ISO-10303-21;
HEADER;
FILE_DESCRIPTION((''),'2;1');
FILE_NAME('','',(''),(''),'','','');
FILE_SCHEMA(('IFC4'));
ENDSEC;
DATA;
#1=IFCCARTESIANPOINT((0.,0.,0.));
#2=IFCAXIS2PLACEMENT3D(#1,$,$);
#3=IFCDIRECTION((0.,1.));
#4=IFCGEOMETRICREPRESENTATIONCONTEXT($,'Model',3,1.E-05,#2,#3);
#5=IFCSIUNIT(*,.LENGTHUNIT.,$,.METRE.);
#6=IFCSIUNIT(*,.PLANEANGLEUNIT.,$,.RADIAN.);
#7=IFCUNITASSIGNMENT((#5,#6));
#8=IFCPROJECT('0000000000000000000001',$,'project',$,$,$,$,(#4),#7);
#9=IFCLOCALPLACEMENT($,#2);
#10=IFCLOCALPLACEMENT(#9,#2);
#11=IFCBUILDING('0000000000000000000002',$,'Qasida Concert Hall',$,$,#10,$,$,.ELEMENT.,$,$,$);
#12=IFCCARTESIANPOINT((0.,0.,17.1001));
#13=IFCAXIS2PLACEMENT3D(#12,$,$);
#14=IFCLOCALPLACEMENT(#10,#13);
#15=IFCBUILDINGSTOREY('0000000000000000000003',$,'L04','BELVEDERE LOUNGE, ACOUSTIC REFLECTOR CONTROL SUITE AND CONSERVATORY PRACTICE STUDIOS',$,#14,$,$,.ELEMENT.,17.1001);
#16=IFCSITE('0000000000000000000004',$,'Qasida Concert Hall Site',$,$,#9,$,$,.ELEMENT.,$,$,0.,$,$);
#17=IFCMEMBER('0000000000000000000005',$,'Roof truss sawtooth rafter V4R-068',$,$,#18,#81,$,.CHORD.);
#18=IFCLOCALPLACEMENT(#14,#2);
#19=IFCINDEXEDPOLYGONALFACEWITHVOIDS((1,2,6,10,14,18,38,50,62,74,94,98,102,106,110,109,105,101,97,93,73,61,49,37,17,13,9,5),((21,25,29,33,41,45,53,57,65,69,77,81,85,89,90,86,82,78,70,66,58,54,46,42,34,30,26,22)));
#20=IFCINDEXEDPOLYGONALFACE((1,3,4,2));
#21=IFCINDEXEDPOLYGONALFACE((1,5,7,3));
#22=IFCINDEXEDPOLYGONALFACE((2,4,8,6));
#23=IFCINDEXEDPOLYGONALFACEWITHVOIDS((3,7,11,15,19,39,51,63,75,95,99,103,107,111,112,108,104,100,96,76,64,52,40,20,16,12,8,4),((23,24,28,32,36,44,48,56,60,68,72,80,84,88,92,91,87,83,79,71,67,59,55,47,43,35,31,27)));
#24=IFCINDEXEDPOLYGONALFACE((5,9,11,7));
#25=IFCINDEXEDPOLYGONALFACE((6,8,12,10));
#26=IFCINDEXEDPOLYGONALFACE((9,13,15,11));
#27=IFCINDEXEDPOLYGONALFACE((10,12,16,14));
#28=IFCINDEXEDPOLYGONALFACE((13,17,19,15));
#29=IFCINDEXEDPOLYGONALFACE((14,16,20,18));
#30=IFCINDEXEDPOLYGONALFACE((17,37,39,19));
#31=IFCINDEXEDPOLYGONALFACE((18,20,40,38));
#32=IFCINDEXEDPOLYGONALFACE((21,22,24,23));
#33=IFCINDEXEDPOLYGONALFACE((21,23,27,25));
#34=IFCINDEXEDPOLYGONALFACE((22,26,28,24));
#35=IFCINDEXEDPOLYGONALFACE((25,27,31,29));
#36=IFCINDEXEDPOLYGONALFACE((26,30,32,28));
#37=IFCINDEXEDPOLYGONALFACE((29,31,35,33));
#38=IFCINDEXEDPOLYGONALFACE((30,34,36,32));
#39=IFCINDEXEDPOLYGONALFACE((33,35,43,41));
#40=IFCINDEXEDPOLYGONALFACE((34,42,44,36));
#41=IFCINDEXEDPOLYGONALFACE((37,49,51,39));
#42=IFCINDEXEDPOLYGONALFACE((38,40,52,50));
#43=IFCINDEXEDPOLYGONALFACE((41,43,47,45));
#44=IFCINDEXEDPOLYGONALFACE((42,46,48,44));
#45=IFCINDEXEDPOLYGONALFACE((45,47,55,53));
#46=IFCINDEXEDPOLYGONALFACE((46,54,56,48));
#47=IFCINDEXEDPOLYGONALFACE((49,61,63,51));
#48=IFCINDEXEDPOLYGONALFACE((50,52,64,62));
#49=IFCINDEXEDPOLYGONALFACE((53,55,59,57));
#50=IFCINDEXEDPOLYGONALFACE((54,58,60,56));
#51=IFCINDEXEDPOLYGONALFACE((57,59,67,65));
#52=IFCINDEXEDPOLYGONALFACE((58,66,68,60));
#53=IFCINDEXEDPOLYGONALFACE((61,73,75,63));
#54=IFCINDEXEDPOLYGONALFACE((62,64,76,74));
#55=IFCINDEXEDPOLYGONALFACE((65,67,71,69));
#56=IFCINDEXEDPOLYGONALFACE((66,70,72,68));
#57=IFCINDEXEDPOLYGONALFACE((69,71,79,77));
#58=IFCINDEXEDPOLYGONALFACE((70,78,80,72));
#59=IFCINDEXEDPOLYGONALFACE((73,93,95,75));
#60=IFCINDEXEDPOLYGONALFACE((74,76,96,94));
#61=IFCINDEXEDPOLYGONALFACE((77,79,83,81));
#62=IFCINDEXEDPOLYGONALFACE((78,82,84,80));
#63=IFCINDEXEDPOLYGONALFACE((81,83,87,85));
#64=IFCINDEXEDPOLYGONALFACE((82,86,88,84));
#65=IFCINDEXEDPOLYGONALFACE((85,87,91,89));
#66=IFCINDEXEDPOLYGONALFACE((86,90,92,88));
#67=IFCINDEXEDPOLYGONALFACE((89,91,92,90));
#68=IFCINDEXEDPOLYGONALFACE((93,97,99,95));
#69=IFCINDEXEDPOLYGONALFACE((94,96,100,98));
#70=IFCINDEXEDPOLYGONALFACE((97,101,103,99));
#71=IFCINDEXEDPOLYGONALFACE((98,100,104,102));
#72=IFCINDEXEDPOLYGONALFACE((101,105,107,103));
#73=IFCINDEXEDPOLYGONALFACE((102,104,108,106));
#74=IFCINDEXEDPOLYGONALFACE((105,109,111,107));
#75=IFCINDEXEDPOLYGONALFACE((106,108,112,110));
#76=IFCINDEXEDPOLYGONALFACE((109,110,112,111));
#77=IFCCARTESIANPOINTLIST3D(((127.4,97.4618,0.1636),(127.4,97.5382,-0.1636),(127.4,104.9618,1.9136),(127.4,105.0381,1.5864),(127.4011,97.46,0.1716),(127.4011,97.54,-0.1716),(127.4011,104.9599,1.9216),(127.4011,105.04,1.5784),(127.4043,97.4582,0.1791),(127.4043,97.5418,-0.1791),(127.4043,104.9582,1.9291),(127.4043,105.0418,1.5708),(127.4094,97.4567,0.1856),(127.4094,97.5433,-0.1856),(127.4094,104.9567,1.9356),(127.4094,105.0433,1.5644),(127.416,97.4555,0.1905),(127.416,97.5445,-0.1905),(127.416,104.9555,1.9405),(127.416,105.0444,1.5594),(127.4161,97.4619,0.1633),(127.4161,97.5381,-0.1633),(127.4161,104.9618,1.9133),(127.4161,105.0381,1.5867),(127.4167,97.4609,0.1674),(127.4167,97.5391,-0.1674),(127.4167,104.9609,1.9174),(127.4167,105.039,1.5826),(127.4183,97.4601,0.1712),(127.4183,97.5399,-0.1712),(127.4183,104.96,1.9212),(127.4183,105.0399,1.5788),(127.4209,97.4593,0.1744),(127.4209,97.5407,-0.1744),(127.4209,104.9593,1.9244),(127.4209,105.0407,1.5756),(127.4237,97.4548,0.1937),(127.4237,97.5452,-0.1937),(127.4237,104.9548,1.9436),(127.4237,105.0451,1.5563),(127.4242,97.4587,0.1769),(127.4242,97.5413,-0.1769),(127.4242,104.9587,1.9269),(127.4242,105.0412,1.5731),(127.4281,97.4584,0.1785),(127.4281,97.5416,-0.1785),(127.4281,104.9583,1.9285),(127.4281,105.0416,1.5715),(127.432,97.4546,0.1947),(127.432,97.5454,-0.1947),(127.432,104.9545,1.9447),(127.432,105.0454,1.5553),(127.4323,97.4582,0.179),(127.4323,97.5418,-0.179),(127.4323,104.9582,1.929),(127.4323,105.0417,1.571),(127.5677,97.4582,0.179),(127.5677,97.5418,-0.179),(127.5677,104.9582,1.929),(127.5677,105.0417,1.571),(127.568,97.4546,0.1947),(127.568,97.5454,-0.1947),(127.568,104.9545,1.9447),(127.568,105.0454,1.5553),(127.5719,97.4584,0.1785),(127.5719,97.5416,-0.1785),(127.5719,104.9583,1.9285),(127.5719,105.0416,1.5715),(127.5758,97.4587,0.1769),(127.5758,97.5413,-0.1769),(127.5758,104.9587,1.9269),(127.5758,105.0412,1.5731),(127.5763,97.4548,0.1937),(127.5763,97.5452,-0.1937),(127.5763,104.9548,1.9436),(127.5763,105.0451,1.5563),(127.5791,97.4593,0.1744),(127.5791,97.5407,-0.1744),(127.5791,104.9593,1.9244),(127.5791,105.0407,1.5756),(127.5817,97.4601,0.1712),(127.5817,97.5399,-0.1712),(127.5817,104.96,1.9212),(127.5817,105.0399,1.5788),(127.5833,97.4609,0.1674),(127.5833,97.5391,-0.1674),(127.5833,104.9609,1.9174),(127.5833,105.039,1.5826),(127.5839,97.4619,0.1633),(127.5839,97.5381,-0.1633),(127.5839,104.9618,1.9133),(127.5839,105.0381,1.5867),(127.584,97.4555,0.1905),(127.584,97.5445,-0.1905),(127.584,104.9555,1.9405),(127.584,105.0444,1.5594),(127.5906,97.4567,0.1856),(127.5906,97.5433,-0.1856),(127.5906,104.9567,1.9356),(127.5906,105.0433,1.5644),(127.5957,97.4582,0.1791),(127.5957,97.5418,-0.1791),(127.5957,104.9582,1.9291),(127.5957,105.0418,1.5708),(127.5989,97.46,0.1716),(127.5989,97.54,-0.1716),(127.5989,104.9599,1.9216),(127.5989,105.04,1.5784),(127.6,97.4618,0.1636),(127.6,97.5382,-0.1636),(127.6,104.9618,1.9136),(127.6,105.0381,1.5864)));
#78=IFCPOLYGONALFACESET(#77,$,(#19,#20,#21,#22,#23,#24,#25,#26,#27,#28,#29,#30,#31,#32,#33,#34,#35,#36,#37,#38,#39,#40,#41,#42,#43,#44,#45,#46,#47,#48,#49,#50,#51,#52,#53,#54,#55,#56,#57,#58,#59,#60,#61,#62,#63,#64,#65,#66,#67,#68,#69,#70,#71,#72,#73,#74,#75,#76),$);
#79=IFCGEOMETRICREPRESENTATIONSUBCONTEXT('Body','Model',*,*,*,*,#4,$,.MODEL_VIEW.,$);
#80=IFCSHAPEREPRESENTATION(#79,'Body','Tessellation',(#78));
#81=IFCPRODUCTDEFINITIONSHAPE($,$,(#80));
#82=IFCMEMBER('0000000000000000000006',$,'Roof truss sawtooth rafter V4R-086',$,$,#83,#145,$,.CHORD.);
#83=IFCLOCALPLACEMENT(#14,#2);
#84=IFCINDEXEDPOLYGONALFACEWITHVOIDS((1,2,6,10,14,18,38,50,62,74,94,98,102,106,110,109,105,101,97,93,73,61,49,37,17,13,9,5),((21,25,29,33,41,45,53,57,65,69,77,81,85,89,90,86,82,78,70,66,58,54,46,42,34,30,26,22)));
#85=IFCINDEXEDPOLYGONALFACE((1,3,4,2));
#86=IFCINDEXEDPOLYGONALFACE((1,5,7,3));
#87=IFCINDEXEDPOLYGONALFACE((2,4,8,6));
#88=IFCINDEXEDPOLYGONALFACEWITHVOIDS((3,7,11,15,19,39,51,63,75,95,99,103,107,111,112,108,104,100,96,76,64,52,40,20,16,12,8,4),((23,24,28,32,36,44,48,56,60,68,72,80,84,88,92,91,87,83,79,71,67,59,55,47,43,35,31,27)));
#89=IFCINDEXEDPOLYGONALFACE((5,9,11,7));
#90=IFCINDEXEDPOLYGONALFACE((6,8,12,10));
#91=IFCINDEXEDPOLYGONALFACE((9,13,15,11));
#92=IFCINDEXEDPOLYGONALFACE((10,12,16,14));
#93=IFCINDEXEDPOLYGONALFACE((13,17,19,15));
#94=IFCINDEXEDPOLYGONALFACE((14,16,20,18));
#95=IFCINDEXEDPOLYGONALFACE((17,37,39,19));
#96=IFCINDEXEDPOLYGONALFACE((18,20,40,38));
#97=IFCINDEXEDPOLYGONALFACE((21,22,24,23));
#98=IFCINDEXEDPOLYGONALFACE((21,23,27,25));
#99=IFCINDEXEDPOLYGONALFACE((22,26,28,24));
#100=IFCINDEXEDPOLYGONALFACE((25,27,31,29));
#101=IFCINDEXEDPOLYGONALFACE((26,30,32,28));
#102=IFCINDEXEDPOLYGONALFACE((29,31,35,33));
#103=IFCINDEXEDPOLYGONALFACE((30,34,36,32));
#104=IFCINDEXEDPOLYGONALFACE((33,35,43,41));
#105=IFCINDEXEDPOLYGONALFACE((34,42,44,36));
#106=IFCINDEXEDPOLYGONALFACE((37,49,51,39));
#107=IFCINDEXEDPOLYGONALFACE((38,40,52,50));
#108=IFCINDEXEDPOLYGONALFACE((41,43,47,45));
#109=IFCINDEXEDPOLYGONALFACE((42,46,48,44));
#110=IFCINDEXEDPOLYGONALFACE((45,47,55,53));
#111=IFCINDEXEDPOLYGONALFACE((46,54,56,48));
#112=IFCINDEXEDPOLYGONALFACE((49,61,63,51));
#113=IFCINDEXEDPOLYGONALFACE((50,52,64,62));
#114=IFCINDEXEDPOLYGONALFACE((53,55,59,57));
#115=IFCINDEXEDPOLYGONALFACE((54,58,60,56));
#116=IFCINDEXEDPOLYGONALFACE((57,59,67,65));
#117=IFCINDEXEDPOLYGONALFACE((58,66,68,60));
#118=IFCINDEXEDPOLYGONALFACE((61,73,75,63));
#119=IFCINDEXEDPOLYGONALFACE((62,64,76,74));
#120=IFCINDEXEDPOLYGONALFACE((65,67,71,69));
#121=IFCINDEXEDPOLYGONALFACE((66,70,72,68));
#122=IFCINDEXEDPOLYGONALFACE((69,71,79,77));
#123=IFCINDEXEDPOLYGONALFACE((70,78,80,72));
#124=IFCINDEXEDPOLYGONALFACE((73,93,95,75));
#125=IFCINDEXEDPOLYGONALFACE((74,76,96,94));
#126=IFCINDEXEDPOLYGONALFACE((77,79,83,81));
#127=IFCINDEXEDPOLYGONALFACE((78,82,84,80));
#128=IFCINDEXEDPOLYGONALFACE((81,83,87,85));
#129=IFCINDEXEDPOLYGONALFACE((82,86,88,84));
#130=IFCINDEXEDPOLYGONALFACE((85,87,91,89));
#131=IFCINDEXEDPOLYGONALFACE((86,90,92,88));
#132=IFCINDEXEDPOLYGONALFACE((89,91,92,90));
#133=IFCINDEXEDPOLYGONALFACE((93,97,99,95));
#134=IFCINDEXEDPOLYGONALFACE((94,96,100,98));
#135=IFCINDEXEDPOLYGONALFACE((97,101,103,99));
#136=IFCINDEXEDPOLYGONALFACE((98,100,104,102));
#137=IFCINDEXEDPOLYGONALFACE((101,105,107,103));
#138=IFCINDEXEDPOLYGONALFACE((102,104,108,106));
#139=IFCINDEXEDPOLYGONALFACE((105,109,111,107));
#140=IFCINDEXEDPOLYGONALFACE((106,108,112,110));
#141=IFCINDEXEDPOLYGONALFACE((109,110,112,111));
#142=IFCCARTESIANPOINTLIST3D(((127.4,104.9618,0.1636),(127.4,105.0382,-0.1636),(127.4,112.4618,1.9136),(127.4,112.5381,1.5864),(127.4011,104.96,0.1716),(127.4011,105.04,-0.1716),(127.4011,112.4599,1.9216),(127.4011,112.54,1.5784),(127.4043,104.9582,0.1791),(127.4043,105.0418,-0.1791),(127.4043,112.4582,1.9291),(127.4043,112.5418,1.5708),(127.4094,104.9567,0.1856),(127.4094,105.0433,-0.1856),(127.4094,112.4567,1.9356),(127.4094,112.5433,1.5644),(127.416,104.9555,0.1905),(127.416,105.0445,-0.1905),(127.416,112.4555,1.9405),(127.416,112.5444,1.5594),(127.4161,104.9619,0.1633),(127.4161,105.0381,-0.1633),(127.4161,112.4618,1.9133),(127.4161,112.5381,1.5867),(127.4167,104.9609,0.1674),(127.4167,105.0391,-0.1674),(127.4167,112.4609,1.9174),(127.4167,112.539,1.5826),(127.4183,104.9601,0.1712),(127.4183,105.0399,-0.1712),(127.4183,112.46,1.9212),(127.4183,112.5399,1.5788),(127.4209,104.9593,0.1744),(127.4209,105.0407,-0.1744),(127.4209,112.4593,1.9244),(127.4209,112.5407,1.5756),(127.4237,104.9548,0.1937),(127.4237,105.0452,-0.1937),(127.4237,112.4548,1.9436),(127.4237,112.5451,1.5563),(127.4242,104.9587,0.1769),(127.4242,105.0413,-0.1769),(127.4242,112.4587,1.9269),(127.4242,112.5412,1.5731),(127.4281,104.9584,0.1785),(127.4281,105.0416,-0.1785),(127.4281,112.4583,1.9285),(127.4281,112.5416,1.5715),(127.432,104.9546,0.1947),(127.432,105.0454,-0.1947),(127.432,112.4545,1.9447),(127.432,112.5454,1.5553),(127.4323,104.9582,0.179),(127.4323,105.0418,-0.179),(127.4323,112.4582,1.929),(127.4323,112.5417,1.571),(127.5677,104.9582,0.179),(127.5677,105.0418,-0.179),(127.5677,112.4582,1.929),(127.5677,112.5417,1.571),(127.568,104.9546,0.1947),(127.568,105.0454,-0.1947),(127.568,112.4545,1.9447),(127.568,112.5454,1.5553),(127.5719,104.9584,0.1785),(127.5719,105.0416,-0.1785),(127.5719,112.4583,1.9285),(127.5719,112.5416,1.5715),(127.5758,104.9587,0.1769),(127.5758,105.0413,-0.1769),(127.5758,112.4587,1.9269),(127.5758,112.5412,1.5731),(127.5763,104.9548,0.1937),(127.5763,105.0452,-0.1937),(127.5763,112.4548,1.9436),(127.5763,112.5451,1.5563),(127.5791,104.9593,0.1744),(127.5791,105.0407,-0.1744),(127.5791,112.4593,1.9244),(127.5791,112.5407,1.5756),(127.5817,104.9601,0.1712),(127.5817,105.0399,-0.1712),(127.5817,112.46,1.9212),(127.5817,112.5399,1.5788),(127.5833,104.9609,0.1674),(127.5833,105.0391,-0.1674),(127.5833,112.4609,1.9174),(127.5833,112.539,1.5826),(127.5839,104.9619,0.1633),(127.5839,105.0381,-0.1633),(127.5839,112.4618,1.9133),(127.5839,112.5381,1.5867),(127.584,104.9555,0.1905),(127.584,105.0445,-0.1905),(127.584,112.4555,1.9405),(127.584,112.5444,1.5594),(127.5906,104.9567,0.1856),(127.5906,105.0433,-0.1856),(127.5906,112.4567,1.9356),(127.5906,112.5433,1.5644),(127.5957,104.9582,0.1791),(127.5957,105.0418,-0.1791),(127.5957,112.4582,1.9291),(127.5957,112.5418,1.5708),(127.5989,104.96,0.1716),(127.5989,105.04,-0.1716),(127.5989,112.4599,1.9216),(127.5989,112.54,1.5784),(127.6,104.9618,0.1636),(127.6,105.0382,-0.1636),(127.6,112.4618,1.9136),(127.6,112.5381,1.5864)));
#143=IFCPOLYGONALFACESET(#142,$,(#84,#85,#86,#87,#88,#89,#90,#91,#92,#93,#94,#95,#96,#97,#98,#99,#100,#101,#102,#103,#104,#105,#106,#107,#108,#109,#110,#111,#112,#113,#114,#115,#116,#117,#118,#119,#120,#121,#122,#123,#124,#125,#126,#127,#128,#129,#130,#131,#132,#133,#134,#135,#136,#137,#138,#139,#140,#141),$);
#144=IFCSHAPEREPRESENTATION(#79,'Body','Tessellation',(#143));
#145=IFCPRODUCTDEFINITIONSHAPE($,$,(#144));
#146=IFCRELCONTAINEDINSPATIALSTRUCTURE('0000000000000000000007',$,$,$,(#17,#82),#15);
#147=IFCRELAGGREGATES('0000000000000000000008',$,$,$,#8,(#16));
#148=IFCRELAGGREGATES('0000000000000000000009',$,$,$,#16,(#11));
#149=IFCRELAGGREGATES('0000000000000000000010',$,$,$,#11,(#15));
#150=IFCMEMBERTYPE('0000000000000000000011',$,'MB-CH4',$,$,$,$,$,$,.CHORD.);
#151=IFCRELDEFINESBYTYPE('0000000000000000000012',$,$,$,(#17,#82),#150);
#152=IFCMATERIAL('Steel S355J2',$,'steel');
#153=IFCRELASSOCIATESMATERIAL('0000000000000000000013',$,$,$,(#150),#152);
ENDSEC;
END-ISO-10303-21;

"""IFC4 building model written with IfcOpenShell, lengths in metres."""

from ifc_helpers import new_model, si_unit, direction, frame, origin, origin_2d, place, context, subcontext, project, spatial, hollow_rectangle, extrude, material, material_profile, profile_set, type_object, element, save


model = new_model("IFC4")

# Units and contexts
model_context = context("Model", 3, precision=1e-05, world=origin(), true_north=direction((0.0, 1.0)))
body_context = subcontext(model_context, "Body", "Model", "MODEL_VIEW")
ifc_project = project(units=[si_unit("LENGTHUNIT", "METRE"), si_unit("PLANEANGLEUNIT", "RADIAN")], contexts=[model_context])

# Site, building, storey
site_placement = place(None, origin())
site = spatial("IfcSite", under=ifc_project, at=site_placement, Name="Qasida Concert Hall Site", CompositionType="ELEMENT", RefElevation=0.0)
building_placement = place(site_placement, origin())
building = spatial("IfcBuilding", under=site, at=building_placement, Name="Qasida Concert Hall", CompositionType="ELEMENT")
storey_placement = place(building_placement, frame((0.0, 0.0, 17.1001)))
storey = spatial("IfcBuildingStorey", under=building, at=storey_placement, Name="L04", Description="BELVEDERE LOUNGE, ACOUSTIC REFLECTOR CONTROL SUITE AND CONSERVATORY PRACTICE STUDIOS", CompositionType="ELEMENT", Elevation=17.1001)

# Members
ifc_material_1 = material(Name="Steel S355J2", Category="steel")
ifc_material_profile_1 = material_profile(ifc_material_1, hollow_rectangle(XDim=0.2, YDim=0.3999, WallThickness=0.0161, InnerFilletRadius=0.0161, OuterFilletRadius=0.032, at=origin_2d()), Name="RHS 400x200x16")
ifc_profile_set_1 = profile_set([ifc_material_profile_1], Name="Steel S355J2")
member_type_1 = type_object("IfcMemberType", Name="MB-CH4", PredefinedType="CHORD", material=ifc_profile_set_1)
for number, where, z_axis, x_axis, name in (
    (1, (127.5, 97.5, 0.0), (0.0, 0.973841, 0.22723), (-1.0, 0.0, 0.0), "Roof truss sawtooth rafter V4R-068"),
    (2, (127.5, 105.0, 0.0), (0.0, 0.973841, 0.22723), (-1.0, 0.0, 0.0), "Roof truss sawtooth rafter V4R-086"),
):
    element("IfcMember", number, at=place(storey_placement, frame(where, z_axis=z_axis, x_axis=x_axis)), inside=storey, type_object=member_type_1, Name=name, PredefinedType="CHORD", context=body_context, shape_type="SweptSolid", body=[
        extrude(hollow_rectangle(XDim=0.2, YDim=0.3999, WallThickness=0.0161, InnerFilletRadius=0.0161, OuterFilletRadius=0.032, at=origin_2d()), origin(), (0.0, 0.0, 1.0), 7.7014),
    ])

save(model, "model.ifc")
